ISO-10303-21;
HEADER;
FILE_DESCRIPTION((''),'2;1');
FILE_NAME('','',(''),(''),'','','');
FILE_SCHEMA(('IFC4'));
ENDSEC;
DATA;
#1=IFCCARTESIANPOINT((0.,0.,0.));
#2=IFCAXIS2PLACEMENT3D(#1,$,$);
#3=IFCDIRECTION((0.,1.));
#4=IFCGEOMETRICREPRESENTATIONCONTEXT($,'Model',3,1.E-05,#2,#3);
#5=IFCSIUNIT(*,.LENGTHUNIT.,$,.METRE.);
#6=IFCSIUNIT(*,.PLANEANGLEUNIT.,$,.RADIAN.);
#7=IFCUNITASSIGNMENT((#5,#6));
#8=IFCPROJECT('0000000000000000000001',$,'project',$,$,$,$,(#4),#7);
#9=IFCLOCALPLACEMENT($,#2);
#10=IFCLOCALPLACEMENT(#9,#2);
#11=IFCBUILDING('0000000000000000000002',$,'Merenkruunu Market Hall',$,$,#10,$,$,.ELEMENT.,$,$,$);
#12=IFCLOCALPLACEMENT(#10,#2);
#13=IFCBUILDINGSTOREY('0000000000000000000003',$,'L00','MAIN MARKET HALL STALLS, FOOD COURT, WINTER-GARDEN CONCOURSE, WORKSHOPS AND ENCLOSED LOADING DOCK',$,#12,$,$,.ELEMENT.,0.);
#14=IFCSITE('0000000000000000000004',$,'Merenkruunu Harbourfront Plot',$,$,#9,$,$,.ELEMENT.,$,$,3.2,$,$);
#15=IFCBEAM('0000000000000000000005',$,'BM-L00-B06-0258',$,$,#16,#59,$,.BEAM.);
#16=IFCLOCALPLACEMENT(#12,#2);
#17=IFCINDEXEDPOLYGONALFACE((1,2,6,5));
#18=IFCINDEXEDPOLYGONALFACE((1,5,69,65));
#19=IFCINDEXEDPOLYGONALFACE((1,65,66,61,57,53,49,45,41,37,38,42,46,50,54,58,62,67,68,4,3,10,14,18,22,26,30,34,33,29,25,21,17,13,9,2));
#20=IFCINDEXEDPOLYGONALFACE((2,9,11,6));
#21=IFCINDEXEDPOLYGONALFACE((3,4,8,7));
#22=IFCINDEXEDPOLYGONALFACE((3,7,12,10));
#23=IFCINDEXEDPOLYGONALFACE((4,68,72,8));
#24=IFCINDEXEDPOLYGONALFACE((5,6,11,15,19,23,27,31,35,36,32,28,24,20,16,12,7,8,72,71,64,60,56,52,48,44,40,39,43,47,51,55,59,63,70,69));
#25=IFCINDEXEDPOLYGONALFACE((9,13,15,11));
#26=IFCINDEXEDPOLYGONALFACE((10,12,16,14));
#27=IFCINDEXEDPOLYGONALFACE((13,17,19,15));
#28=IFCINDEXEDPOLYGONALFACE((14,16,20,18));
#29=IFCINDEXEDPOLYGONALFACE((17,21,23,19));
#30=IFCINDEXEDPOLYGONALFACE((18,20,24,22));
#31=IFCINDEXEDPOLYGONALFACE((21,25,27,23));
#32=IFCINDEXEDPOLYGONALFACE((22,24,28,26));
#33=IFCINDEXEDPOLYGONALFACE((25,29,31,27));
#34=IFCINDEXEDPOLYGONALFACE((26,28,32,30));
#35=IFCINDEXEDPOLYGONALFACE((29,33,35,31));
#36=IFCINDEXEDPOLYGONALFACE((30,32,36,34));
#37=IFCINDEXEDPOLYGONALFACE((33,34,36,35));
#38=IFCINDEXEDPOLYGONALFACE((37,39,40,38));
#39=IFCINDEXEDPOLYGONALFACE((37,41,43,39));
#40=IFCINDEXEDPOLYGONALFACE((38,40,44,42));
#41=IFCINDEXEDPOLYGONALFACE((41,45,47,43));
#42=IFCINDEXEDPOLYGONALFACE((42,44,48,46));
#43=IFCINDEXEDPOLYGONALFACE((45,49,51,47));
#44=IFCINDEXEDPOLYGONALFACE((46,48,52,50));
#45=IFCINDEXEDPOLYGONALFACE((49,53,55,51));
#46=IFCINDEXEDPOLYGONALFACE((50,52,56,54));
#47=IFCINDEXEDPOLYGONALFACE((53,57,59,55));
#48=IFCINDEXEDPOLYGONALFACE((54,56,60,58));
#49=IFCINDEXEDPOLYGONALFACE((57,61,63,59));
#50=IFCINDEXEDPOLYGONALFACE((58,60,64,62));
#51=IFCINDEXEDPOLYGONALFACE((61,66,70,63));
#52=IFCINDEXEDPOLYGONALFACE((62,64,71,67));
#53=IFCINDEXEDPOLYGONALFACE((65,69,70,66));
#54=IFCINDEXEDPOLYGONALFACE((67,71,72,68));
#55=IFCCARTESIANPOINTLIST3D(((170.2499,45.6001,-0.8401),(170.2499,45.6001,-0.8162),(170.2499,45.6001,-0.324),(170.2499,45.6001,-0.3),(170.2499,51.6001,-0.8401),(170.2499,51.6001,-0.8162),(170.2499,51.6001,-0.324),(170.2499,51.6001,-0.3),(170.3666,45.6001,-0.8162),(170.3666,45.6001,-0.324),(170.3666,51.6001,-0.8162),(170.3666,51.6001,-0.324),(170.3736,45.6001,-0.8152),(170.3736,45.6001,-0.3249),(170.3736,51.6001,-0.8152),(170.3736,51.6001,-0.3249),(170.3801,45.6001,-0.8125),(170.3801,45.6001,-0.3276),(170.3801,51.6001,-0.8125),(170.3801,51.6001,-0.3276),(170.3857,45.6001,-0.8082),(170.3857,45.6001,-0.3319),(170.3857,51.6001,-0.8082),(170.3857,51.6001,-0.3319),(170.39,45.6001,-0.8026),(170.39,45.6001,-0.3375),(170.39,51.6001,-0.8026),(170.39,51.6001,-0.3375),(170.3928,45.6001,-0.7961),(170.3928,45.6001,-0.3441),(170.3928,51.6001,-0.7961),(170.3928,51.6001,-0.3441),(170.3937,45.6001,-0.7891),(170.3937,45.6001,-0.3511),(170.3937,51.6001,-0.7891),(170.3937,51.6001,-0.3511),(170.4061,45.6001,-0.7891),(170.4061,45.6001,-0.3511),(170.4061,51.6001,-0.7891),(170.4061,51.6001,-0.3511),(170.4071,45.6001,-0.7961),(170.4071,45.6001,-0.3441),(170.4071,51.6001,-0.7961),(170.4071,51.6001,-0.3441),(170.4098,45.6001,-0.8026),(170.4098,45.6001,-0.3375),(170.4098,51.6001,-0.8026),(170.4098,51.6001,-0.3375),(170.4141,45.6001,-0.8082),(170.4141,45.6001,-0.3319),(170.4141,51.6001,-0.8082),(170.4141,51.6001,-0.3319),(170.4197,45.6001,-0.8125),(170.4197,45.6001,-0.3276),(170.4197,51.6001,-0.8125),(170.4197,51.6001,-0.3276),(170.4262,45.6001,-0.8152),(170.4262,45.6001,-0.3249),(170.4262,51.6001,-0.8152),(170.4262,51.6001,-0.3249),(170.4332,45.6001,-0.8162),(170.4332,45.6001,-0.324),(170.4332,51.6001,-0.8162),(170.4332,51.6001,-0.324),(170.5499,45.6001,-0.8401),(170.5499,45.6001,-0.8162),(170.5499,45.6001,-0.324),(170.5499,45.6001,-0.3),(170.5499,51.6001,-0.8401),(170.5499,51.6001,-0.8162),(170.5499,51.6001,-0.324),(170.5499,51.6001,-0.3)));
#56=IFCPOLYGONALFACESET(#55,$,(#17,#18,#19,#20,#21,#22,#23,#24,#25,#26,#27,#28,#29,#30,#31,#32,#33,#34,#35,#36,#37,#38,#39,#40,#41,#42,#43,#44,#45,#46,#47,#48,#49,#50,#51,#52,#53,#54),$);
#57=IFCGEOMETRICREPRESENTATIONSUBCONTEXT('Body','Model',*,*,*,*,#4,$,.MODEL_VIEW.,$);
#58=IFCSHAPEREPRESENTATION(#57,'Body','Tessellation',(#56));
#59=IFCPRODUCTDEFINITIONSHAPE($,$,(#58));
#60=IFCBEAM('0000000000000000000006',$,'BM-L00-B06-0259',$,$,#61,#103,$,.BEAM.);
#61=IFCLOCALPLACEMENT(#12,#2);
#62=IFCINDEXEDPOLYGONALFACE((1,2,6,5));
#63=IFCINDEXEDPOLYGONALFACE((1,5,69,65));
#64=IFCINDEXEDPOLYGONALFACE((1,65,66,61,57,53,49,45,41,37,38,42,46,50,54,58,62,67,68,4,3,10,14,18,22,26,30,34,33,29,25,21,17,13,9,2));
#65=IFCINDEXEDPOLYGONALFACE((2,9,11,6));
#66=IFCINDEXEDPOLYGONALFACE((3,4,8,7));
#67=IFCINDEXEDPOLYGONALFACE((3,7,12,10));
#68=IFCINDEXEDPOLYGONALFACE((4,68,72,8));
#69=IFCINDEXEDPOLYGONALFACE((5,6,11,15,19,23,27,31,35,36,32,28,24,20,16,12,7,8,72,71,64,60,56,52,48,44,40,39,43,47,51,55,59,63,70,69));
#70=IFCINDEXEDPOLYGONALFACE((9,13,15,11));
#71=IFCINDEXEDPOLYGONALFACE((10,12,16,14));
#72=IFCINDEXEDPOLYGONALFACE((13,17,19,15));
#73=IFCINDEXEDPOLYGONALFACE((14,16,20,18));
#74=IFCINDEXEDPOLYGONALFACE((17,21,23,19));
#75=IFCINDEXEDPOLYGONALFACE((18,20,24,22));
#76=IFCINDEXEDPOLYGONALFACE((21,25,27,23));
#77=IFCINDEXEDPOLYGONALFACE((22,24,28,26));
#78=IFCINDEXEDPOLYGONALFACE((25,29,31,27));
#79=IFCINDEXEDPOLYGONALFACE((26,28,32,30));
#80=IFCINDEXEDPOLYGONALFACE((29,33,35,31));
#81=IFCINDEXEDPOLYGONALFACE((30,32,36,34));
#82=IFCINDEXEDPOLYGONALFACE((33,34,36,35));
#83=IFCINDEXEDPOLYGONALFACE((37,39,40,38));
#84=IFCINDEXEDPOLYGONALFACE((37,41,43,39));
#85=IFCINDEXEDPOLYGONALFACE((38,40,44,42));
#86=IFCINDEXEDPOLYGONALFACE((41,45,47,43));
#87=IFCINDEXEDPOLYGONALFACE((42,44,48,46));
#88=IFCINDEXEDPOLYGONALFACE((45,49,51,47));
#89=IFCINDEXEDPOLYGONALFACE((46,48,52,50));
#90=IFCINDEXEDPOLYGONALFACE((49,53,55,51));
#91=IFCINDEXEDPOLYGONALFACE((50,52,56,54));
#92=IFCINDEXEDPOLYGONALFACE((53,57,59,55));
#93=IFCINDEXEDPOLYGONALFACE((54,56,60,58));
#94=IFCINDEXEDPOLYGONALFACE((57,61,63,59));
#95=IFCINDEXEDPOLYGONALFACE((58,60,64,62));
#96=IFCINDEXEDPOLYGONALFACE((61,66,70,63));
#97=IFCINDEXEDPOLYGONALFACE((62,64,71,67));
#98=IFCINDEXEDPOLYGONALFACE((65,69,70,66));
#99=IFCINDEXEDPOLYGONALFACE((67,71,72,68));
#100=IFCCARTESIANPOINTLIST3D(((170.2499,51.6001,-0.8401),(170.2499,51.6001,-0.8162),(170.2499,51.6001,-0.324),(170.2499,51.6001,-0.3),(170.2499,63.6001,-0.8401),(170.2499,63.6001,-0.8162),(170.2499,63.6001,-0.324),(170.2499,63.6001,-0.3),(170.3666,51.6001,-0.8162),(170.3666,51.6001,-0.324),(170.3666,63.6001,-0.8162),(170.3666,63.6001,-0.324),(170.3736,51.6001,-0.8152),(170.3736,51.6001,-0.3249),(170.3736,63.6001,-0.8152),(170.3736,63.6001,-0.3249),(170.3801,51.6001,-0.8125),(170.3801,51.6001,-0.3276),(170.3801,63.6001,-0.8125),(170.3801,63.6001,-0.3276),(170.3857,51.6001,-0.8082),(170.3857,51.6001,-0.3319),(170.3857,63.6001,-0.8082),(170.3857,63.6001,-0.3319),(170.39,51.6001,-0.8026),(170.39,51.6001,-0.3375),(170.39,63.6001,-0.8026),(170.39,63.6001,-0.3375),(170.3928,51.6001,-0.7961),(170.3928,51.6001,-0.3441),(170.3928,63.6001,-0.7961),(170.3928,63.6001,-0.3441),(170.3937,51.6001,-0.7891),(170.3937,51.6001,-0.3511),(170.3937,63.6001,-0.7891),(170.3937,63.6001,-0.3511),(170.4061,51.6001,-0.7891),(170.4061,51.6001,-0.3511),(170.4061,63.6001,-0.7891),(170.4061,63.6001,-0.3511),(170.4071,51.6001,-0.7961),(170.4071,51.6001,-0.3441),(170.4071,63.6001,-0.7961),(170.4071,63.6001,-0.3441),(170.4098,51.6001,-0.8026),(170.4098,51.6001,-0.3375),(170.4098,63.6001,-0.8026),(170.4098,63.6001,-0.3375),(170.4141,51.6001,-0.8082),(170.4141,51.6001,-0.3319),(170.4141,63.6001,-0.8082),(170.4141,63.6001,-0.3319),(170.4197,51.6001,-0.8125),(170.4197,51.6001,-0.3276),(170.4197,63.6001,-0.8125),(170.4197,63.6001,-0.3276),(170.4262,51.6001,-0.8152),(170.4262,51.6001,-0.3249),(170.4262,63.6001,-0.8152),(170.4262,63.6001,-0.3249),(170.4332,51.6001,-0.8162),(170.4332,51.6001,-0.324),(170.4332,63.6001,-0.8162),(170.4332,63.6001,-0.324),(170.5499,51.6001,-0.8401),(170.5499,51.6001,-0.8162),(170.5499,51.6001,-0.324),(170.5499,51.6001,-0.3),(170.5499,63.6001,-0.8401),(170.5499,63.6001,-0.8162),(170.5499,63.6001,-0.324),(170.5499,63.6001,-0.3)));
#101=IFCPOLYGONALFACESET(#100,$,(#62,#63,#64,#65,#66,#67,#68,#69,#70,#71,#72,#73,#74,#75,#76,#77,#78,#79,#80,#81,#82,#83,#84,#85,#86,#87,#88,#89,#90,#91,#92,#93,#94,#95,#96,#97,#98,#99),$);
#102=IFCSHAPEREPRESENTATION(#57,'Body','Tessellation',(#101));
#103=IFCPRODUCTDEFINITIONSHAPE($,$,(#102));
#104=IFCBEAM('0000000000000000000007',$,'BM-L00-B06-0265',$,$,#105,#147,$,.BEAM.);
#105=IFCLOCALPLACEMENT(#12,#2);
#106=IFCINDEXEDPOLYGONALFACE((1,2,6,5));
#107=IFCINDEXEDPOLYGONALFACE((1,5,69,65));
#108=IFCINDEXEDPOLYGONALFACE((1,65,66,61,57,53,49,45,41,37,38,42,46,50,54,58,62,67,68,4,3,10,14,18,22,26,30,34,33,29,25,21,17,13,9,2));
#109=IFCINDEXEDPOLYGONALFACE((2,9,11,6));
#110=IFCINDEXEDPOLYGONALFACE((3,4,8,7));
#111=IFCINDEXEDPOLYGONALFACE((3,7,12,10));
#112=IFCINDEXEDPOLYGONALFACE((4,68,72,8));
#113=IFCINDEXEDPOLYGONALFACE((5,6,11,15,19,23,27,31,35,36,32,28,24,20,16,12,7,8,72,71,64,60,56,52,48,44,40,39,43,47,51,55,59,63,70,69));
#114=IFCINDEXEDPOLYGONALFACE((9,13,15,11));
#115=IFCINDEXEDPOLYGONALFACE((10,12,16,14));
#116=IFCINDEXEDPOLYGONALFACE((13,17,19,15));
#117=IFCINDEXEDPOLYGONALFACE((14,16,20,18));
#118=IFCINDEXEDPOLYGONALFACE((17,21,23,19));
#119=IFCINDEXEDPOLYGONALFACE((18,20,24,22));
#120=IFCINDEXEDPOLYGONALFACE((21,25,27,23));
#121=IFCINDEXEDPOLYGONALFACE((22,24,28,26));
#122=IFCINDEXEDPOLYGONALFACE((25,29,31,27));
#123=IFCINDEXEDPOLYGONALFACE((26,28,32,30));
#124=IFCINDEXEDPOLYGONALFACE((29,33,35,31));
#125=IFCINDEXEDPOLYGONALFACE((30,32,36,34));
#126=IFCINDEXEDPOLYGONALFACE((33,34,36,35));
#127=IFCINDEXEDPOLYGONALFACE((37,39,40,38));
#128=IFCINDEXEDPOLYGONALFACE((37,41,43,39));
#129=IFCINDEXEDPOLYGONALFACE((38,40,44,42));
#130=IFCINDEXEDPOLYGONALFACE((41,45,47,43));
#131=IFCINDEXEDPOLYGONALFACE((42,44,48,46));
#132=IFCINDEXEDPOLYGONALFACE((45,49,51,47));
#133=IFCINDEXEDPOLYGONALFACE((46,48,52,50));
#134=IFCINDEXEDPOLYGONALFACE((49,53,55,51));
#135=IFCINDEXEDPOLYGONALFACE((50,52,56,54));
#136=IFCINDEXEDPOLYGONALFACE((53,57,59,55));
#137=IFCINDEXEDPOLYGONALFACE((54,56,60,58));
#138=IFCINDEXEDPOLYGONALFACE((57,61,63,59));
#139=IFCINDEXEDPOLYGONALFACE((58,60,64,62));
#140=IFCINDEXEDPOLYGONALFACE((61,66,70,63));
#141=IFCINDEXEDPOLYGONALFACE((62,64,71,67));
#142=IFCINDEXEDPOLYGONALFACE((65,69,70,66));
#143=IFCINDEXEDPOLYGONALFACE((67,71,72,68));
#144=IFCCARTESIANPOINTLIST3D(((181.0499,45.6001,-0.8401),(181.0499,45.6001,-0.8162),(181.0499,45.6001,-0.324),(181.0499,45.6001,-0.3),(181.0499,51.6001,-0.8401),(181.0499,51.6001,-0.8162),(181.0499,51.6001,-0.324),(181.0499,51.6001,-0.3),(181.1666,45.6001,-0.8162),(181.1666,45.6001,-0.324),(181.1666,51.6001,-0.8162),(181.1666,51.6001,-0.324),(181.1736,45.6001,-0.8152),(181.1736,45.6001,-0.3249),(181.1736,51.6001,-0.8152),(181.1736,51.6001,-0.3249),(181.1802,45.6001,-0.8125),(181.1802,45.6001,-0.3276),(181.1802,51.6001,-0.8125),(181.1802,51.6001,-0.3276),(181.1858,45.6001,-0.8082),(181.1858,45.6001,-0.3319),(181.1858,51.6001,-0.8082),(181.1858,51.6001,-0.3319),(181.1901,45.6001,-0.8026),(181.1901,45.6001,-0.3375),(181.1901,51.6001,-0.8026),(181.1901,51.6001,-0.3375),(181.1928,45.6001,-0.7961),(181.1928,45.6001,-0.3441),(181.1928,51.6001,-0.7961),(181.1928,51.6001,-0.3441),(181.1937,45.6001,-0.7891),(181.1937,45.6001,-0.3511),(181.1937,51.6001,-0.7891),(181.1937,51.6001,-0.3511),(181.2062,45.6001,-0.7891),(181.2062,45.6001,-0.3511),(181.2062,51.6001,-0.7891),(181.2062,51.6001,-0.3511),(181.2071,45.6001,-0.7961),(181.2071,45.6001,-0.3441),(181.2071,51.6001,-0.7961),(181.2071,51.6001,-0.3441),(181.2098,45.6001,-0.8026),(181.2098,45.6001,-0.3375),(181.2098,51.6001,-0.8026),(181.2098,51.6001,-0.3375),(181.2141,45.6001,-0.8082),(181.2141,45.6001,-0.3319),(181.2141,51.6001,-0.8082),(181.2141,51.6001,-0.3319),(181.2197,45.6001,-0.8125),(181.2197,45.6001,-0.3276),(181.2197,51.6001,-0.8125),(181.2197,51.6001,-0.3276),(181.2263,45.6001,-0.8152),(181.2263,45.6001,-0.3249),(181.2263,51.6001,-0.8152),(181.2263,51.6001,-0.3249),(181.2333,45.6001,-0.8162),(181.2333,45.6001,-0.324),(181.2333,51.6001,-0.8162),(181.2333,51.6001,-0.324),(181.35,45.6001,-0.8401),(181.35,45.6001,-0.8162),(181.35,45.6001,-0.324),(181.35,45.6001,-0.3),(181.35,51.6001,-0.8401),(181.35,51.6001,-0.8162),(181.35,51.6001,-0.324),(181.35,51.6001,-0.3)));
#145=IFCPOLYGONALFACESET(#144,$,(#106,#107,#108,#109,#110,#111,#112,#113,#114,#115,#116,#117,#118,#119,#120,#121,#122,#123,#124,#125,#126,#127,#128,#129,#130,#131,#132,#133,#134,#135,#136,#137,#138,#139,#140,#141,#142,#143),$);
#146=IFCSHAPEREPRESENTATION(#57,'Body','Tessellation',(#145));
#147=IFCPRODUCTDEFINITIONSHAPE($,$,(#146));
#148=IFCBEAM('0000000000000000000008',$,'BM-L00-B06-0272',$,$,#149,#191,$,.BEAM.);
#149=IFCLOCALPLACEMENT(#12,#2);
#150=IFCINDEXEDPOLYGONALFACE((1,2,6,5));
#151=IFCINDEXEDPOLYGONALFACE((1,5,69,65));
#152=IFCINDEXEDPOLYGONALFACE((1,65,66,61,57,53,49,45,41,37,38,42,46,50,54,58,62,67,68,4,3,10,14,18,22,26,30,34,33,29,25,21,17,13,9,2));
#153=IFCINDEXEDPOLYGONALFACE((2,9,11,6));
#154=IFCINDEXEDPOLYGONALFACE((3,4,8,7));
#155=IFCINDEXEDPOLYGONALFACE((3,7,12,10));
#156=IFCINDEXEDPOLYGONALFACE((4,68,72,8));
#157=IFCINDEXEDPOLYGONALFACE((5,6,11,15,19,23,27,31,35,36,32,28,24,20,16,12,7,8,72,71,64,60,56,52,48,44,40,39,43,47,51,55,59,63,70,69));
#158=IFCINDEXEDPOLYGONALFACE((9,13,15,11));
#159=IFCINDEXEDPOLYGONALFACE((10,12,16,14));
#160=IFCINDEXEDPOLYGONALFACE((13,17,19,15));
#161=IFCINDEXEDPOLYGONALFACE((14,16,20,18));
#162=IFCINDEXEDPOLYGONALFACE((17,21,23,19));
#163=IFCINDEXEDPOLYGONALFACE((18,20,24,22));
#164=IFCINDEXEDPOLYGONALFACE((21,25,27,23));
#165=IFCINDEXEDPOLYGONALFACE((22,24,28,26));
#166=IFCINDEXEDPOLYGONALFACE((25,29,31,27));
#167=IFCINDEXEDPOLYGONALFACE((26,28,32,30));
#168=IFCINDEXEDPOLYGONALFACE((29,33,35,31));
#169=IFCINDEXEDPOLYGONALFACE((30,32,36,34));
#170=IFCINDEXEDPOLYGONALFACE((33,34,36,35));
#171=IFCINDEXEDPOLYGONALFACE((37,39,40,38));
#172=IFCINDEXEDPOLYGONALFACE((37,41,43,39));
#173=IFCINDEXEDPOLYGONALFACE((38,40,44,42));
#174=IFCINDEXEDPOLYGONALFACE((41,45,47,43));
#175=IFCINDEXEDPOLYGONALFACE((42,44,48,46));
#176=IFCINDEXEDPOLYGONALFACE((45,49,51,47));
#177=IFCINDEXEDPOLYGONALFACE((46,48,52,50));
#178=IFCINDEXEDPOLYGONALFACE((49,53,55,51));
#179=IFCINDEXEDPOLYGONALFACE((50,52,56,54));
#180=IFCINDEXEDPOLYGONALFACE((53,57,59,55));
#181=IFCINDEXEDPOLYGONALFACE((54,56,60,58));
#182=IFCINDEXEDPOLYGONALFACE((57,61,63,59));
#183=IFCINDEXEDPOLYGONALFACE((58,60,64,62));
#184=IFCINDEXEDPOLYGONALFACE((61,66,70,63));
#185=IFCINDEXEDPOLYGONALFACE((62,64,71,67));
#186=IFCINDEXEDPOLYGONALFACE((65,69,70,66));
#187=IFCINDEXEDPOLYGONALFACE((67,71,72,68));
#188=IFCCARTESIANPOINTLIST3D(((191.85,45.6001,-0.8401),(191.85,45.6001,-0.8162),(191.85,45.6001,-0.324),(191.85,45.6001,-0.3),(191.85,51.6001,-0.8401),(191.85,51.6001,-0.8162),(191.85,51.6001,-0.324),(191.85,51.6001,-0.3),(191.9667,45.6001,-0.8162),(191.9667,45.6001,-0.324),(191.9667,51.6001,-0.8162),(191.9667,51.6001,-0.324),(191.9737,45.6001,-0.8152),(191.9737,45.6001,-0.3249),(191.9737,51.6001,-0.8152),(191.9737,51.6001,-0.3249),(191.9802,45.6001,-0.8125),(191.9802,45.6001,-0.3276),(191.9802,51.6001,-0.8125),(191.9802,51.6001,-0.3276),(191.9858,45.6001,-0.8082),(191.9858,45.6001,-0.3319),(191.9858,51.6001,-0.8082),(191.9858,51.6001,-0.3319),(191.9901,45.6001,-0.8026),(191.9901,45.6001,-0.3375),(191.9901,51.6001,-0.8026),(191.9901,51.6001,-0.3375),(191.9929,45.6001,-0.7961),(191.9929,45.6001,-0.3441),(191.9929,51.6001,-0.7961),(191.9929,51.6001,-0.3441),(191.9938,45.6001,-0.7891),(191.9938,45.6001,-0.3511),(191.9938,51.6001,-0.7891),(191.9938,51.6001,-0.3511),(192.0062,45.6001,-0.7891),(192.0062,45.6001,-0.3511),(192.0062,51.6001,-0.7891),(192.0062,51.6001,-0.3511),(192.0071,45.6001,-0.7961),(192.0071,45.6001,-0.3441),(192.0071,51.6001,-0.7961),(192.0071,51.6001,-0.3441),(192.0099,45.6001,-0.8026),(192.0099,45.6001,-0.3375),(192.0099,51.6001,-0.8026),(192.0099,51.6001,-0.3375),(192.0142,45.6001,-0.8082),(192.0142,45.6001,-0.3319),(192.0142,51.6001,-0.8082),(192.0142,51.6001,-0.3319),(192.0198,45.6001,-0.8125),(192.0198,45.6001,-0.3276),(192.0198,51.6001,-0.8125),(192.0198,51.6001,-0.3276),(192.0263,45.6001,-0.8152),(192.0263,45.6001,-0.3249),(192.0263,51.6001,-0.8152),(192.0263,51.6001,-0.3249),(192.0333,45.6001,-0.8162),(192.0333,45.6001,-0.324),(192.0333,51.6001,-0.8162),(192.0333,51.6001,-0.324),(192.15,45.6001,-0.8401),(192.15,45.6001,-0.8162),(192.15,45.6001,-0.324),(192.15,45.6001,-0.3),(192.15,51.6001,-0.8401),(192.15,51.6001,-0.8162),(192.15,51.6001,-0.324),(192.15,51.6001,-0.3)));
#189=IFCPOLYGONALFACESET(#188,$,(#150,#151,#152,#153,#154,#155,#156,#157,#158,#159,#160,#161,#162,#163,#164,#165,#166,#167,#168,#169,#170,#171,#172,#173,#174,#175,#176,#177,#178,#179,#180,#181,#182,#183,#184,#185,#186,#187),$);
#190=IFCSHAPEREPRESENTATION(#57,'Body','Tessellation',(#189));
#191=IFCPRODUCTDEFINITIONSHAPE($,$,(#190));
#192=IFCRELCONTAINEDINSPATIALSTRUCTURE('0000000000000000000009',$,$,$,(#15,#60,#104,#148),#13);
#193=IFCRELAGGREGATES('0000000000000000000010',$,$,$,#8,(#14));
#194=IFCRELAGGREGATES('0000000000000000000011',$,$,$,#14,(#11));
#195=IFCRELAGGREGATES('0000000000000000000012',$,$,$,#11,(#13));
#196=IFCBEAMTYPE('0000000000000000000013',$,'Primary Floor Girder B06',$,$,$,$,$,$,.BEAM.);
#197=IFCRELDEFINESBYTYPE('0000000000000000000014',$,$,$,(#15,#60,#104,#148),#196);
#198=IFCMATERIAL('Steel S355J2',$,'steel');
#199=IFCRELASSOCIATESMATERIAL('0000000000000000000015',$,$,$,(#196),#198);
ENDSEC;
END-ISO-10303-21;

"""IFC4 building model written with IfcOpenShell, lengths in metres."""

from ifc_helpers import new_model, si_unit, direction, frame, origin, origin_2d, place, context, subcontext, project, spatial, i_section, extrude, material, material_profile, profile_set, type_object, element, save


model = new_model("IFC4")

# Units and contexts
model_context = context("Model", 3, precision=1e-05, world=origin(), true_north=direction((0.0, 1.0)))
body_context = subcontext(model_context, "Body", "Model", "MODEL_VIEW")
ifc_project = project(units=[si_unit("LENGTHUNIT", "METRE"), si_unit("PLANEANGLEUNIT", "RADIAN")], contexts=[model_context])

# Site, building, storey
site_placement = place(None, origin())
site = spatial("IfcSite", under=ifc_project, at=site_placement, Name="Merenkruunu Harbourfront Plot", CompositionType="ELEMENT", RefElevation=3.2)
building_placement = place(site_placement, origin())
building = spatial("IfcBuilding", under=site, at=building_placement, Name="Merenkruunu Market Hall", CompositionType="ELEMENT")
storey_placement = place(building_placement, origin())
storey = spatial("IfcBuildingStorey", under=building, at=storey_placement, Name="L00", Description="MAIN MARKET HALL STALLS, FOOD COURT, WINTER-GARDEN CONCOURSE, WORKSHOPS AND ENCLOSED LOADING DOCK", CompositionType="ELEMENT", Elevation=0.0)

# Shared definitions
ifc_material_1 = material(Name="Steel S355J2", Category="steel")

# Beams
ifc_material_profile_1 = material_profile(ifc_material_1, i_section(OverallWidth=0.3, OverallDepth=0.54, WebThickness=0.0125, FlangeThickness=0.0239, FilletRadius=0.0271, at=origin_2d()), Name="HEA 550")
ifc_profile_set_1 = profile_set([ifc_material_profile_1], Name="Steel S355J2")
beam_type_1 = type_object("IfcBeamType", Name="Primary Floor Girder B06", PredefinedType="BEAM", material=ifc_profile_set_1)
beam_1_placement = place(storey_placement, frame((170.3999, 45.6001, -0.5701), z_axis=(0.0, 1.0, 0.0), x_axis=(-1.0, 0.0, 0.0)))
element("IfcBeam", 1, at=beam_1_placement, inside=storey, type_object=beam_type_1, Name="BM-L00-B06-0258", PredefinedType="BEAM", context=body_context, shape_type="SweptSolid", body=[
    extrude(i_section(OverallWidth=0.3, OverallDepth=0.54, WebThickness=0.0125, FlangeThickness=0.0239, FilletRadius=0.0271, at=origin_2d()), origin(), (0.0, 0.0, 1.0), 6.0),
])
beam_2_placement = place(storey_placement, frame((170.3999, 51.6001, -0.5701), z_axis=(0.0, 1.0, 0.0), x_axis=(-1.0, 0.0, 0.0)))
element("IfcBeam", 2, at=beam_2_placement, inside=storey, type_object=beam_type_1, Name="BM-L00-B06-0259", PredefinedType="BEAM", context=body_context, shape_type="SweptSolid", body=[
    extrude(i_section(OverallWidth=0.3, OverallDepth=0.54, WebThickness=0.0125, FlangeThickness=0.0239, FilletRadius=0.0271, at=origin_2d()), origin(), (0.0, 0.0, 1.0), 12.0),
])
for number, where, z_axis, x_axis, name in (
    (3, (181.2, 45.6001, -0.5701), (0.0, 1.0, 0.0), (-1.0, 0.0, 0.0), "BM-L00-B06-0265"),
    (4, (192.0, 45.6001, -0.5701), (0.0, 1.0, 0.0), (-1.0, 0.0, 0.0), "BM-L00-B06-0272"),
):
    element("IfcBeam", number, at=place(storey_placement, frame(where, z_axis=z_axis, x_axis=x_axis)), inside=storey, type_object=beam_type_1, Name=name, PredefinedType="BEAM", context=body_context, shape_type="SweptSolid", body=[
        extrude(i_section(OverallWidth=0.3, OverallDepth=0.54, WebThickness=0.0125, FlangeThickness=0.0239, FilletRadius=0.0271, at=origin_2d()), origin(), (0.0, 0.0, 1.0), 6.0),
    ])

save(model, "model.ifc")
